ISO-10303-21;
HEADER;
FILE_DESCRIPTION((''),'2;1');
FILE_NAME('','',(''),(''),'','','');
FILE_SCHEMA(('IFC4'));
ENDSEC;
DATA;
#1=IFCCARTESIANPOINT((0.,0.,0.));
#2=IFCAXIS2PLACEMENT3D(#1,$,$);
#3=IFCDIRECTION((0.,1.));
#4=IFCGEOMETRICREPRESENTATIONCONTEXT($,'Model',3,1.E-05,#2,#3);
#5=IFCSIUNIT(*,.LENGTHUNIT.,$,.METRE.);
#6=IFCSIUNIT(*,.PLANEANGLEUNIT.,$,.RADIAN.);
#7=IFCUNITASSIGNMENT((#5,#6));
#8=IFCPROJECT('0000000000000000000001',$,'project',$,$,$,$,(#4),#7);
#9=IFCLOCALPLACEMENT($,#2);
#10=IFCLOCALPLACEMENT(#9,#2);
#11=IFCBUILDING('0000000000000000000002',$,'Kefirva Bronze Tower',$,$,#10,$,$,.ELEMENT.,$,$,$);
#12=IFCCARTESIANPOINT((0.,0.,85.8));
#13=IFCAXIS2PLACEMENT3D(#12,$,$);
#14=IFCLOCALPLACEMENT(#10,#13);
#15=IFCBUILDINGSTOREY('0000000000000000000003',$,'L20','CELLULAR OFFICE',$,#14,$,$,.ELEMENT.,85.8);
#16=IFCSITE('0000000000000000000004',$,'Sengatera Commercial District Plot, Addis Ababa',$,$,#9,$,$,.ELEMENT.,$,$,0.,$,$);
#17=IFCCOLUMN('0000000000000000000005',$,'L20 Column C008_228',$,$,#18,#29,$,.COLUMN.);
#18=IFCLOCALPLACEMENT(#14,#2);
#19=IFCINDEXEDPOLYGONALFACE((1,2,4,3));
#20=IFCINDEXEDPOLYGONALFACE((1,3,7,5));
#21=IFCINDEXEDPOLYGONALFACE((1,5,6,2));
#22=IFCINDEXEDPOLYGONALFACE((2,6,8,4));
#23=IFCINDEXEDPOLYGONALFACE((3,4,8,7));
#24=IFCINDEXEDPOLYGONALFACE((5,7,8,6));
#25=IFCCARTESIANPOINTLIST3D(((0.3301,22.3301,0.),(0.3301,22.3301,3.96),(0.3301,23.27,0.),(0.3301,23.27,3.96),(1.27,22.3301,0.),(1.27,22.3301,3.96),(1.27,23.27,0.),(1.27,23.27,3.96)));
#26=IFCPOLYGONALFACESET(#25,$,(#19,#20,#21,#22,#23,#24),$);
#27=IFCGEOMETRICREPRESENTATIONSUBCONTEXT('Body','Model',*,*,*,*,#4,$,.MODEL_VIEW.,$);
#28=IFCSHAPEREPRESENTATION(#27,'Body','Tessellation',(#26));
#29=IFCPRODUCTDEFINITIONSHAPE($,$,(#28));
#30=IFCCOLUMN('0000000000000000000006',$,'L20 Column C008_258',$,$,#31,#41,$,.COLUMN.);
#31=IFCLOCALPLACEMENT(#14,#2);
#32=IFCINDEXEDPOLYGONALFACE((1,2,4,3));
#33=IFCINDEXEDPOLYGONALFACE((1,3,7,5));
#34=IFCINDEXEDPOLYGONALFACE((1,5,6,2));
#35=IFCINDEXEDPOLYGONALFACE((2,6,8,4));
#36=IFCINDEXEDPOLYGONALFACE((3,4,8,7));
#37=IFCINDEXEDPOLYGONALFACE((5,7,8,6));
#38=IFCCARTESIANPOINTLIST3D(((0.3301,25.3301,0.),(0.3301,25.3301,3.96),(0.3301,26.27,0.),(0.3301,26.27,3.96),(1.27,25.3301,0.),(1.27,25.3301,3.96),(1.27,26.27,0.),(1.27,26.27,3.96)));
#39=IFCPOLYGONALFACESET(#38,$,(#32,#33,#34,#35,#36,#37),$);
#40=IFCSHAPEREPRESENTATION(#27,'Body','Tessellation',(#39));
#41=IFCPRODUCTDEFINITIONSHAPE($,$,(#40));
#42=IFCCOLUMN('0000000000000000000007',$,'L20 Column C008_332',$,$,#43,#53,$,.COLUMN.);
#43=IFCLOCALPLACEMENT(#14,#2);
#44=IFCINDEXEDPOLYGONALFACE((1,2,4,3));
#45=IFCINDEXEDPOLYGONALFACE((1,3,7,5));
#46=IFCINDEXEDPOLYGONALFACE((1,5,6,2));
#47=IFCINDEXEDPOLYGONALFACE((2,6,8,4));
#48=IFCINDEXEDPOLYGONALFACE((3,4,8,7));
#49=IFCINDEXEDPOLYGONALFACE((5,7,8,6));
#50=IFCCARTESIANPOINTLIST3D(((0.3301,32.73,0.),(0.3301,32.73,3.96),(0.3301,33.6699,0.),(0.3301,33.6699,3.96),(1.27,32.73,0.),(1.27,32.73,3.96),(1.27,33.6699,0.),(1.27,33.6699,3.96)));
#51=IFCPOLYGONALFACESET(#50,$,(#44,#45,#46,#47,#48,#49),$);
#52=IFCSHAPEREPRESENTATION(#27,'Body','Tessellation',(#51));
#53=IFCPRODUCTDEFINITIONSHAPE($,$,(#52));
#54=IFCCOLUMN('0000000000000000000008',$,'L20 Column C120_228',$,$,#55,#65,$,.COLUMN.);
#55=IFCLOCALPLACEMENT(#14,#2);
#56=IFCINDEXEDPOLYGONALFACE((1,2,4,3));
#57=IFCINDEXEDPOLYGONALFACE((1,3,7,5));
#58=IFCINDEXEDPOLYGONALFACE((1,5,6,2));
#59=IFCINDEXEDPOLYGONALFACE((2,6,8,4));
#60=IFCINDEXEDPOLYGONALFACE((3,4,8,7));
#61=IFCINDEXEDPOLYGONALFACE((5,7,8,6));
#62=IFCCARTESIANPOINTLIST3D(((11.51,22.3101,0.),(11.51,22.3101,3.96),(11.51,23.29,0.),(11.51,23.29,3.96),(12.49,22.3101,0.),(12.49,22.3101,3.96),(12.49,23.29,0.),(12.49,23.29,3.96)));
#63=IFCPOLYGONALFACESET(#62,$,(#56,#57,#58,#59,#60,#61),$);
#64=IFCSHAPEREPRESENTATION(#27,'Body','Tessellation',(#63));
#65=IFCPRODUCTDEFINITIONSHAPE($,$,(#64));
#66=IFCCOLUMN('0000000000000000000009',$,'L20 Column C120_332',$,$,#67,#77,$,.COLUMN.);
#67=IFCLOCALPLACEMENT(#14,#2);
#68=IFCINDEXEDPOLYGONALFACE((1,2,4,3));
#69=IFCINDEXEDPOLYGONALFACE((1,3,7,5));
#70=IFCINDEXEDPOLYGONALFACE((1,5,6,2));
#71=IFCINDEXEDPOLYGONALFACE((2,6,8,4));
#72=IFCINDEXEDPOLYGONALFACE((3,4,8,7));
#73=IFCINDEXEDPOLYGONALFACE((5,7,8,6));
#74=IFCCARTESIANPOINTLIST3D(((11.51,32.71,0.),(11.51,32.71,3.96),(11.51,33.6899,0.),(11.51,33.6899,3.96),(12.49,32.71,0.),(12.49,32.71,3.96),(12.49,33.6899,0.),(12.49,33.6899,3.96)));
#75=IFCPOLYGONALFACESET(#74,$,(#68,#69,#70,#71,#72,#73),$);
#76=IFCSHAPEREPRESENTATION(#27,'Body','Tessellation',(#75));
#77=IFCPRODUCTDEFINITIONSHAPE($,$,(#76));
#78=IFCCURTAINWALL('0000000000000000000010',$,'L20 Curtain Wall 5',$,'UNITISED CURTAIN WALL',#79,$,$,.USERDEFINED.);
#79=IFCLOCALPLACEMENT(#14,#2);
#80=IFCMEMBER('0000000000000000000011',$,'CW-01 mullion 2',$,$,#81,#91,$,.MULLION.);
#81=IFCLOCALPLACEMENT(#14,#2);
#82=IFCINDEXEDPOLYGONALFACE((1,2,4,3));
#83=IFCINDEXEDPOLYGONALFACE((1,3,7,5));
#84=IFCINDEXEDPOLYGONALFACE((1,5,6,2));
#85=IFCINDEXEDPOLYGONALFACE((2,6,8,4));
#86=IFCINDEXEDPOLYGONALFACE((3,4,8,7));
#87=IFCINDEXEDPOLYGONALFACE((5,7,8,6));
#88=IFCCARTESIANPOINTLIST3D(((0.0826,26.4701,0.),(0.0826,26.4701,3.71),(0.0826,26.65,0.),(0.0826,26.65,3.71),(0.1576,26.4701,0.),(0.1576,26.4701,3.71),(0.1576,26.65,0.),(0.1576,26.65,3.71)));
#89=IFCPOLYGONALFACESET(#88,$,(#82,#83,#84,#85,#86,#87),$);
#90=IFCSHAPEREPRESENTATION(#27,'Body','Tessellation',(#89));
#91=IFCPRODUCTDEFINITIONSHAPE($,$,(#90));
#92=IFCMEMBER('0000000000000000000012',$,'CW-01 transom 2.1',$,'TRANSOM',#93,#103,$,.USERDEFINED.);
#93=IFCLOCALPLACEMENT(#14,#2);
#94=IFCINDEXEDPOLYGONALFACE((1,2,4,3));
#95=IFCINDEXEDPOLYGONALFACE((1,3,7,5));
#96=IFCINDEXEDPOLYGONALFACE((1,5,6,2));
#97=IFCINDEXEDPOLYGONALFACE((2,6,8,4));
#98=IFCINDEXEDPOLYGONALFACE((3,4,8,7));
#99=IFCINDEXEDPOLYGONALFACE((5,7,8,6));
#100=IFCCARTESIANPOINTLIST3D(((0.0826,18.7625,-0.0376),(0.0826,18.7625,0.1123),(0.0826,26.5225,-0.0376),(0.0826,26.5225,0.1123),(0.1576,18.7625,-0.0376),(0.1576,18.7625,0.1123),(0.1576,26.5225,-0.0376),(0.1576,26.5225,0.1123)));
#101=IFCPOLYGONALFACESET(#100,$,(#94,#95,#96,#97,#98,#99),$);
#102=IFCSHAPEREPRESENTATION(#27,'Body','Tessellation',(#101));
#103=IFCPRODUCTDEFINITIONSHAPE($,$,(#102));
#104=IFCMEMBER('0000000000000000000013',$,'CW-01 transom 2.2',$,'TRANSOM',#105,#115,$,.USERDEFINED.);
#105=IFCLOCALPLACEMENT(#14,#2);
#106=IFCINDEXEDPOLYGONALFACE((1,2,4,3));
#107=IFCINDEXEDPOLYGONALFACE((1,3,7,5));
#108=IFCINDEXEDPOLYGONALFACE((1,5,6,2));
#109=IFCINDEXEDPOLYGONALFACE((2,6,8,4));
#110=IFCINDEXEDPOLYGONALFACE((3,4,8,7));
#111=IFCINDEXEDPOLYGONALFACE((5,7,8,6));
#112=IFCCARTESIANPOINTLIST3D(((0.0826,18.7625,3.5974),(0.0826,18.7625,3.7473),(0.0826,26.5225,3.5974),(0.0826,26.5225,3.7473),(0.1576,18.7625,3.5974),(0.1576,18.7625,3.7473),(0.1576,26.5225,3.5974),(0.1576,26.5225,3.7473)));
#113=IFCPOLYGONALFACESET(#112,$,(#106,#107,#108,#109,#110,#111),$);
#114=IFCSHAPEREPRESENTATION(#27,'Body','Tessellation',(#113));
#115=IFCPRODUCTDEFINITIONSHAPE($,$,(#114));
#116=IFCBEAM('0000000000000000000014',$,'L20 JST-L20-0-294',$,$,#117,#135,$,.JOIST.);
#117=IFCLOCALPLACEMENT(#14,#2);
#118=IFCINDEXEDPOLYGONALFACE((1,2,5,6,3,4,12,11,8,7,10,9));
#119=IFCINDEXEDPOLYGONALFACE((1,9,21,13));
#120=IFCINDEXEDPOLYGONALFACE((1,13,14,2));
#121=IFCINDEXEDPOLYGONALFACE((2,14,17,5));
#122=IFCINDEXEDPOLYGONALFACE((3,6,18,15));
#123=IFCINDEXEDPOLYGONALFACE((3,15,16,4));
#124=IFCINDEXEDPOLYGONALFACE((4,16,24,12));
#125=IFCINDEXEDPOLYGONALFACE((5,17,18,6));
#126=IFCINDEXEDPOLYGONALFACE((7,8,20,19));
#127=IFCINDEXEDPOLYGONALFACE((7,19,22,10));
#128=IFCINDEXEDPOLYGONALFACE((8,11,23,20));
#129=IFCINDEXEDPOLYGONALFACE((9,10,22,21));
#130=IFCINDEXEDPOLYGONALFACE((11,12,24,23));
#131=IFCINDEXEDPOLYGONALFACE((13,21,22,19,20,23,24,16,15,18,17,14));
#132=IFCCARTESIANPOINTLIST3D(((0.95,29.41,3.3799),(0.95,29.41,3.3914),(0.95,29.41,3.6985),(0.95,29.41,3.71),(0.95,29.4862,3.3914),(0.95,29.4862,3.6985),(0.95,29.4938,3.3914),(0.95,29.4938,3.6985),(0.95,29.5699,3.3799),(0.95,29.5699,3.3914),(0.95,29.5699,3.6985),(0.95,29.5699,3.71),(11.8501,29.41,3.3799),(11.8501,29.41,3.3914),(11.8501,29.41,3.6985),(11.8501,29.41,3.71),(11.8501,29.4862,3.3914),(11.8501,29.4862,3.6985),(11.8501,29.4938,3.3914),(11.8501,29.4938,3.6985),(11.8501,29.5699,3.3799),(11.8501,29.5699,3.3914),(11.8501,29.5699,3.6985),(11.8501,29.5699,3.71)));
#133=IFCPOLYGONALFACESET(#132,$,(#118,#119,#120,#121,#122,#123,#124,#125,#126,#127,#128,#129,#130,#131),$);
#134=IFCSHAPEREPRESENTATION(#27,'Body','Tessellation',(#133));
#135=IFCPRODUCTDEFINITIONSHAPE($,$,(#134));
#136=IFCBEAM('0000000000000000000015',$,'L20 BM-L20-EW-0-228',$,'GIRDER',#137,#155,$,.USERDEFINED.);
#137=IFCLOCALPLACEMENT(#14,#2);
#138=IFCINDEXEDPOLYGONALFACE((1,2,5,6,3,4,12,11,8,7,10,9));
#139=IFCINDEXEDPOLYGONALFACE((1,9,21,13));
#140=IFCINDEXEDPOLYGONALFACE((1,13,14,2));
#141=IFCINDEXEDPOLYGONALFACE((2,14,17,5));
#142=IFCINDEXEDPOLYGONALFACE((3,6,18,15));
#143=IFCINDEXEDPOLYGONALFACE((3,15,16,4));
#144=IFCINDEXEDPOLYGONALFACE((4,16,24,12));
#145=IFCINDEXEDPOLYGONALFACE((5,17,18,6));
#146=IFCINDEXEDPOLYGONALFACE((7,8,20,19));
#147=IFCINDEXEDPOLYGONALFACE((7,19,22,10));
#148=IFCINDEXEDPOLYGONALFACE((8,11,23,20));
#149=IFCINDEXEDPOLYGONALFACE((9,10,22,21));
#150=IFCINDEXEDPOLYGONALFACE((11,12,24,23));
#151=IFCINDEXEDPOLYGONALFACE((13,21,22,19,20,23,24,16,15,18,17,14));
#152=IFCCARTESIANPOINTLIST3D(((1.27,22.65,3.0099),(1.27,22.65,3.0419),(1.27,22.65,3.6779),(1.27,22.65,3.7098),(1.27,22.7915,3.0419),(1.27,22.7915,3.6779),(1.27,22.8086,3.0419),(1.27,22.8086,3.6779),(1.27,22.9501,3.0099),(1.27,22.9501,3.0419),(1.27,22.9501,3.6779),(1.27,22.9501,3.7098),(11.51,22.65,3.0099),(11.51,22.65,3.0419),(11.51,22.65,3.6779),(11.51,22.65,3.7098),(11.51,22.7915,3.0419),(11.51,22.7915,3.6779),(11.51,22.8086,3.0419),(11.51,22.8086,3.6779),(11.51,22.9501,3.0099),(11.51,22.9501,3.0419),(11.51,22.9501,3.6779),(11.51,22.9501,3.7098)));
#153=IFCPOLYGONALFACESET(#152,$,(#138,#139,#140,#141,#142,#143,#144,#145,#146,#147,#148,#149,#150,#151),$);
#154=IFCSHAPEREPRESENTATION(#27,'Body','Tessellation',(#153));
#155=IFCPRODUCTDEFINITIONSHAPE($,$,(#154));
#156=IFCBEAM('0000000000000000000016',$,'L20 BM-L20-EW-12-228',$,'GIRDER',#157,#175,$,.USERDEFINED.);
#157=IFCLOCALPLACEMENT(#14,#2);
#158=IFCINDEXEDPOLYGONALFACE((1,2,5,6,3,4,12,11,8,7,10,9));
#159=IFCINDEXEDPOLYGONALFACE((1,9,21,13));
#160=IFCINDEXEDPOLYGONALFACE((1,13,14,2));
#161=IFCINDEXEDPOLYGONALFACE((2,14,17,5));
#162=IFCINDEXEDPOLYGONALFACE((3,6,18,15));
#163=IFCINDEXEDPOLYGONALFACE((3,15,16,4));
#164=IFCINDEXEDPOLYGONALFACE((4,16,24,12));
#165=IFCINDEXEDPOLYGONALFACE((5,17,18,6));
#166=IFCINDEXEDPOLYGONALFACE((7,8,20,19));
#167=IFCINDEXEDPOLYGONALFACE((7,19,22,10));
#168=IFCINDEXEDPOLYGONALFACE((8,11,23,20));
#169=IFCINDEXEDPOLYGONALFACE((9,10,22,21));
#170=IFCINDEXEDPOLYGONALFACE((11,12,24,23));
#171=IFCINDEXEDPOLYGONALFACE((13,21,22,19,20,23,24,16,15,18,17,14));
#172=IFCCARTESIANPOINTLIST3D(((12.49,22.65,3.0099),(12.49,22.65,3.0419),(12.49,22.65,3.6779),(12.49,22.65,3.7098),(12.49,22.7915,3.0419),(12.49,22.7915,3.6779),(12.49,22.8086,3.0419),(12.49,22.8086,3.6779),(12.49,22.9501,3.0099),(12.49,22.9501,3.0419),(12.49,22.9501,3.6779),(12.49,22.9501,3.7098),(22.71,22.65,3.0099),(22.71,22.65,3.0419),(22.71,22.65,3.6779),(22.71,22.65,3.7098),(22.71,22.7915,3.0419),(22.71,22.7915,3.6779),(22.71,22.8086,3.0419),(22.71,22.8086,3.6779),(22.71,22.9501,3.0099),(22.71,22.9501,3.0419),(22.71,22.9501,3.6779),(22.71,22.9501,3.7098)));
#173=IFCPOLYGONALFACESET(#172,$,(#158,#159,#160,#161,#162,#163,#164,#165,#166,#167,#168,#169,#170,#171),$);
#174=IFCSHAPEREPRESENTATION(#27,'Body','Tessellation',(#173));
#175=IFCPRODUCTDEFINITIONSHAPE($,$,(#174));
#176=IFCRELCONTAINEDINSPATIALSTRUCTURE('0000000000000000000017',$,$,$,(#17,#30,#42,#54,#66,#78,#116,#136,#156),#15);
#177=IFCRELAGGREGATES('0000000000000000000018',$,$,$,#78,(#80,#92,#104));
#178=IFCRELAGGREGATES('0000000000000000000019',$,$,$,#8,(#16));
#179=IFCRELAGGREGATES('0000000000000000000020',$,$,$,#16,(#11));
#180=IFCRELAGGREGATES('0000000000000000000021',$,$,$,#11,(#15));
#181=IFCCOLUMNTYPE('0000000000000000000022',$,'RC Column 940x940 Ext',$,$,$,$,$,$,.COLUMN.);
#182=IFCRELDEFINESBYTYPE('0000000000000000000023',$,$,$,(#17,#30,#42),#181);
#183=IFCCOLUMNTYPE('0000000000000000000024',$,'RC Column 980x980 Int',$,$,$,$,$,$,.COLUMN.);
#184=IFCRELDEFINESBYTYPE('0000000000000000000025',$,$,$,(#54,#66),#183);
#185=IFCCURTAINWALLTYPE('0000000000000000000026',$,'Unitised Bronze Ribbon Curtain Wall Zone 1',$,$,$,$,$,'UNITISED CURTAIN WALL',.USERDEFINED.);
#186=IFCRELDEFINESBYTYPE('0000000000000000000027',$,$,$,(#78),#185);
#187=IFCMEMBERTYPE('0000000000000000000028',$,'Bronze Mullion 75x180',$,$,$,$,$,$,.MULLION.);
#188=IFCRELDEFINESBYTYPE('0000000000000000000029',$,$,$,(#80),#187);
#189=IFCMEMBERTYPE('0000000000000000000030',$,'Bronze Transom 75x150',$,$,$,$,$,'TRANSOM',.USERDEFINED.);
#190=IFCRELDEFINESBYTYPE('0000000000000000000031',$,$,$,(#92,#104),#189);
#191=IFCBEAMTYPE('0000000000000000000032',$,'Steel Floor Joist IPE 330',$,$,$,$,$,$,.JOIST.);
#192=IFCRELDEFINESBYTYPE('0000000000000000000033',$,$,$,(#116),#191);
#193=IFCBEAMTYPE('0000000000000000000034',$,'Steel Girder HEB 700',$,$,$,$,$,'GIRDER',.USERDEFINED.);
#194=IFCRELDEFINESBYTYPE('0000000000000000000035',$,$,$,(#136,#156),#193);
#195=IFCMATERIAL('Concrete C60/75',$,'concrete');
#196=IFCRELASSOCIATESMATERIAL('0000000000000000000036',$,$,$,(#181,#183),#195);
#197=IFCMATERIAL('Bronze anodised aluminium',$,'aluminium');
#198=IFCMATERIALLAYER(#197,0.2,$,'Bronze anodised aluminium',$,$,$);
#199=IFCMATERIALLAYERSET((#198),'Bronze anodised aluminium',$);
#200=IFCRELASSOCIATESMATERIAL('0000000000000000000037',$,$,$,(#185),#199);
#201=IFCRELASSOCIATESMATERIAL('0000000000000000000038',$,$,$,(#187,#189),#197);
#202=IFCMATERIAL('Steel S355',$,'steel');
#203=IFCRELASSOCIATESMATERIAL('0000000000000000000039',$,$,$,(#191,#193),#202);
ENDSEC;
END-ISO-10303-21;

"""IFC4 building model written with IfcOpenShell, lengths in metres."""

from ifc_helpers import new_model, si_unit, direction, frame, origin, origin_2d, place, context, subcontext, project, spatial, rectangle, i_section, extrude, material, layer, layer_set, material_profile, profile_set, type_object, element, aggregate, save


model = new_model("IFC4")

# Units and contexts
model_context = context("Model", 3, precision=1e-05, world=origin(), true_north=direction((0.0, 1.0)))
body_context = subcontext(model_context, "Body", "Model", "MODEL_VIEW")
ifc_project = project(units=[si_unit("LENGTHUNIT", "METRE"), si_unit("PLANEANGLEUNIT", "RADIAN")], contexts=[model_context])

# Site, building, storey
site_placement = place(None, origin())
site = spatial("IfcSite", under=ifc_project, at=site_placement, Name="Sengatera Commercial District Plot, Addis Ababa", CompositionType="ELEMENT", RefElevation=0.0)
building_placement = place(site_placement, origin())
building = spatial("IfcBuilding", under=site, at=building_placement, Name="Kefirva Bronze Tower", CompositionType="ELEMENT")
storey_placement = place(building_placement, frame((0.0, 0.0, 85.8)))
storey = spatial("IfcBuildingStorey", under=building, at=storey_placement, Name="L20", Description="CELLULAR OFFICE", CompositionType="ELEMENT", Elevation=85.8)

# Columns
ifc_material_1 = material(Name="Concrete C60/75", Category="concrete")
ifc_material_profile_1 = material_profile(ifc_material_1, rectangle(XDim=0.9399, YDim=0.9399, at=origin_2d()), Name="RC 940x940")
ifc_profile_set_1 = profile_set([ifc_material_profile_1], Name="Concrete C60/75")
column_type_1 = type_object("IfcColumnType", Name="RC Column 940x940 Ext", PredefinedType="COLUMN", material=ifc_profile_set_1)
for number, where, z_axis, x_axis, name in (
    (1, (0.8, 22.8, 0.0), (0.0, 0.0, 1.0), (1.0, 0.0, 0.0), "L20 Column C008_228"),
    (2, (0.8, 25.8, 0.0), (0.0, 0.0, 1.0), (1.0, 0.0, 0.0), "L20 Column C008_258"),
    (3, (0.8, 33.2, 0.0), (0.0, 0.0, 1.0), (1.0, 0.0, 0.0), "L20 Column C008_332"),
):
    element("IfcColumn", number, at=place(storey_placement, frame(where, z_axis=z_axis, x_axis=x_axis)), inside=storey, type_object=column_type_1, Name=name, PredefinedType="COLUMN", context=body_context, shape_type="SweptSolid", body=[
        extrude(rectangle(XDim=0.9399, YDim=0.9399, at=origin_2d()), origin(), (0.0, 0.0, 1.0), 3.96),
    ])
ifc_material_profile_2 = material_profile(ifc_material_1, rectangle(XDim=0.98, YDim=0.98, at=origin_2d()), Name="RC 980x980")
ifc_profile_set_2 = profile_set([ifc_material_profile_2], Name="Concrete C60/75")
column_type_2 = type_object("IfcColumnType", Name="RC Column 980x980 Int", PredefinedType="COLUMN", material=ifc_profile_set_2)
for number, where, z_axis, x_axis, name in (
    (4, (12.0, 22.8, 0.0), (0.0, 0.0, 1.0), (1.0, 0.0, 0.0), "L20 Column C120_228"),
    (5, (12.0, 33.2, 0.0), (0.0, 0.0, 1.0), (1.0, 0.0, 0.0), "L20 Column C120_332"),
):
    element("IfcColumn", number, at=place(storey_placement, frame(where, z_axis=z_axis, x_axis=x_axis)), inside=storey, type_object=column_type_2, Name=name, PredefinedType="COLUMN", context=body_context, shape_type="SweptSolid", body=[
        extrude(rectangle(XDim=0.98, YDim=0.98, at=origin_2d()), origin(), (0.0, 0.0, 1.0), 3.96),
    ])

# Curtain wall, members
ifc_material_2 = material(Name="Bronze anodised aluminium", Category="aluminium")
ifc_layer_1 = layer(ifc_material_2, 0.2, Name="Bronze anodised aluminium")
ifc_layer_set_1 = layer_set([ifc_layer_1], Name="Bronze anodised aluminium")
curtain_wall_type = type_object("IfcCurtainWallType", Name="Unitised Bronze Ribbon Curtain Wall Zone 1", ElementType="UNITISED CURTAIN WALL", PredefinedType="USERDEFINED", material=ifc_layer_set_1)
curtain_wall_placement = place(storey_placement, origin())
curtain_wall = element("IfcCurtainWall", 6, at=curtain_wall_placement, inside=storey, type_object=curtain_wall_type, Name="L20 Curtain Wall 5", ObjectType="UNITISED CURTAIN WALL", PredefinedType="USERDEFINED")
ifc_material_profile_3 = material_profile(ifc_material_2, rectangle(XDim=0.075, YDim=0.1799, at=origin_2d()), Name="ALU 75x180")
ifc_profile_set_3 = profile_set([ifc_material_profile_3], Name="Bronze anodised aluminium")
member_type_1 = type_object("IfcMemberType", Name="Bronze Mullion 75x180", PredefinedType="MULLION", material=ifc_profile_set_3)
member_1_placement = place(storey_placement, frame((0.1201, 26.5601, 0.0), z_axis=(0.0, 0.0, 1.0), x_axis=(1.0, 0.0, 0.0)))
member_1 = element("IfcMember", 7, at=member_1_placement, type_object=member_type_1, Name="CW-01 mullion 2", PredefinedType="MULLION", context=body_context, shape_type="SweptSolid", body=[
    extrude(rectangle(XDim=0.075, YDim=0.1799, at=origin_2d()), origin(), (0.0, 0.0, 1.0), 3.71),
])
ifc_material_profile_4 = material_profile(ifc_material_2, rectangle(XDim=0.075, YDim=0.1499, at=origin_2d()), Name="ALU 75x150")
ifc_profile_set_4 = profile_set([ifc_material_profile_4], Name="Bronze anodised aluminium")
member_type_2 = type_object("IfcMemberType", Name="Bronze Transom 75x150", ElementType="TRANSOM", PredefinedType="USERDEFINED", material=ifc_profile_set_4)
member_2_placement = place(storey_placement, frame((0.1201, 26.5225, 0.0374), z_axis=(0.0, -1.0, 0.0), x_axis=(1.0, 0.0, 0.0)))
member_2 = element("IfcMember", 8, at=member_2_placement, type_object=member_type_2, Name="CW-01 transom 2.1", ObjectType="TRANSOM", PredefinedType="USERDEFINED", context=body_context, shape_type="SweptSolid", body=[
    extrude(rectangle(XDim=0.075, YDim=0.1499, at=origin_2d()), origin(), (0.0, 0.0, 1.0), 7.76),
])
member_3_placement = place(storey_placement, frame((0.1201, 26.5225, 3.6724), z_axis=(0.0, -1.0, 0.0), x_axis=(1.0, 0.0, 0.0)))
member_3 = element("IfcMember", 9, at=member_3_placement, type_object=member_type_2, Name="CW-01 transom 2.2", ObjectType="TRANSOM", PredefinedType="USERDEFINED", context=body_context, shape_type="SweptSolid", body=[
    extrude(rectangle(XDim=0.075, YDim=0.1499, at=origin_2d()), origin(), (0.0, 0.0, 1.0), 7.76),
])

# Beams
ifc_material_3 = material(Name="Steel S355", Category="steel")
ifc_material_profile_5 = material_profile(ifc_material_3, i_section(OverallWidth=0.1599, OverallDepth=0.3301, WebThickness=0.0076, FlangeThickness=0.0115, at=origin_2d()), Name="IPE 330")
ifc_profile_set_5 = profile_set([ifc_material_profile_5], Name="Steel S355")
beam_type_1 = type_object("IfcBeamType", Name="Steel Floor Joist IPE 330", PredefinedType="JOIST", material=ifc_profile_set_5)
beam_1_placement = place(storey_placement, frame((0.95, 29.49, 3.5449), z_axis=(1.0, 0.0, 0.0), x_axis=(0.0, 1.0, 0.0)))
element("IfcBeam", 10, at=beam_1_placement, inside=storey, type_object=beam_type_1, Name="L20 JST-L20-0-294", PredefinedType="JOIST", context=body_context, shape_type="SweptSolid", body=[
    extrude(i_section(OverallWidth=0.1599, OverallDepth=0.3301, WebThickness=0.0076, FlangeThickness=0.0115, at=origin_2d()), origin(), (0.0, 0.0, 1.0), 10.9001),
])
ifc_material_profile_6 = material_profile(ifc_material_3, i_section(OverallWidth=0.3, OverallDepth=0.7, WebThickness=0.0171, FlangeThickness=0.032, at=origin_2d()), Name="HEB 700")
ifc_profile_set_6 = profile_set([ifc_material_profile_6], Name="Steel S355")
beam_type_2 = type_object("IfcBeamType", Name="Steel Girder HEB 700", ElementType="GIRDER", PredefinedType="USERDEFINED", material=ifc_profile_set_6)
beam_2_placement = place(storey_placement, frame((1.27, 22.8, 3.3599), z_axis=(1.0, 0.0, 0.0), x_axis=(0.0, 1.0, 0.0)))
element("IfcBeam", 11, at=beam_2_placement, inside=storey, type_object=beam_type_2, Name="L20 BM-L20-EW-0-228", ObjectType="GIRDER", PredefinedType="USERDEFINED", context=body_context, shape_type="SweptSolid", body=[
    extrude(i_section(OverallWidth=0.3, OverallDepth=0.7, WebThickness=0.0171, FlangeThickness=0.032, at=origin_2d()), origin(), (0.0, 0.0, 1.0), 10.24),
])
beam_3_placement = place(storey_placement, frame((12.49, 22.8, 3.3599), z_axis=(1.0, 0.0, 0.0), x_axis=(0.0, 1.0, 0.0)))
element("IfcBeam", 12, at=beam_3_placement, inside=storey, type_object=beam_type_2, Name="L20 BM-L20-EW-12-228", ObjectType="GIRDER", PredefinedType="USERDEFINED", context=body_context, shape_type="SweptSolid", body=[
    extrude(i_section(OverallWidth=0.3, OverallDepth=0.7, WebThickness=0.0171, FlangeThickness=0.032, at=origin_2d()), origin(), (0.0, 0.0, 1.0), 10.22),
])

aggregate(curtain_wall, [member_1, member_2, member_3])

save(model, "model.ifc")
